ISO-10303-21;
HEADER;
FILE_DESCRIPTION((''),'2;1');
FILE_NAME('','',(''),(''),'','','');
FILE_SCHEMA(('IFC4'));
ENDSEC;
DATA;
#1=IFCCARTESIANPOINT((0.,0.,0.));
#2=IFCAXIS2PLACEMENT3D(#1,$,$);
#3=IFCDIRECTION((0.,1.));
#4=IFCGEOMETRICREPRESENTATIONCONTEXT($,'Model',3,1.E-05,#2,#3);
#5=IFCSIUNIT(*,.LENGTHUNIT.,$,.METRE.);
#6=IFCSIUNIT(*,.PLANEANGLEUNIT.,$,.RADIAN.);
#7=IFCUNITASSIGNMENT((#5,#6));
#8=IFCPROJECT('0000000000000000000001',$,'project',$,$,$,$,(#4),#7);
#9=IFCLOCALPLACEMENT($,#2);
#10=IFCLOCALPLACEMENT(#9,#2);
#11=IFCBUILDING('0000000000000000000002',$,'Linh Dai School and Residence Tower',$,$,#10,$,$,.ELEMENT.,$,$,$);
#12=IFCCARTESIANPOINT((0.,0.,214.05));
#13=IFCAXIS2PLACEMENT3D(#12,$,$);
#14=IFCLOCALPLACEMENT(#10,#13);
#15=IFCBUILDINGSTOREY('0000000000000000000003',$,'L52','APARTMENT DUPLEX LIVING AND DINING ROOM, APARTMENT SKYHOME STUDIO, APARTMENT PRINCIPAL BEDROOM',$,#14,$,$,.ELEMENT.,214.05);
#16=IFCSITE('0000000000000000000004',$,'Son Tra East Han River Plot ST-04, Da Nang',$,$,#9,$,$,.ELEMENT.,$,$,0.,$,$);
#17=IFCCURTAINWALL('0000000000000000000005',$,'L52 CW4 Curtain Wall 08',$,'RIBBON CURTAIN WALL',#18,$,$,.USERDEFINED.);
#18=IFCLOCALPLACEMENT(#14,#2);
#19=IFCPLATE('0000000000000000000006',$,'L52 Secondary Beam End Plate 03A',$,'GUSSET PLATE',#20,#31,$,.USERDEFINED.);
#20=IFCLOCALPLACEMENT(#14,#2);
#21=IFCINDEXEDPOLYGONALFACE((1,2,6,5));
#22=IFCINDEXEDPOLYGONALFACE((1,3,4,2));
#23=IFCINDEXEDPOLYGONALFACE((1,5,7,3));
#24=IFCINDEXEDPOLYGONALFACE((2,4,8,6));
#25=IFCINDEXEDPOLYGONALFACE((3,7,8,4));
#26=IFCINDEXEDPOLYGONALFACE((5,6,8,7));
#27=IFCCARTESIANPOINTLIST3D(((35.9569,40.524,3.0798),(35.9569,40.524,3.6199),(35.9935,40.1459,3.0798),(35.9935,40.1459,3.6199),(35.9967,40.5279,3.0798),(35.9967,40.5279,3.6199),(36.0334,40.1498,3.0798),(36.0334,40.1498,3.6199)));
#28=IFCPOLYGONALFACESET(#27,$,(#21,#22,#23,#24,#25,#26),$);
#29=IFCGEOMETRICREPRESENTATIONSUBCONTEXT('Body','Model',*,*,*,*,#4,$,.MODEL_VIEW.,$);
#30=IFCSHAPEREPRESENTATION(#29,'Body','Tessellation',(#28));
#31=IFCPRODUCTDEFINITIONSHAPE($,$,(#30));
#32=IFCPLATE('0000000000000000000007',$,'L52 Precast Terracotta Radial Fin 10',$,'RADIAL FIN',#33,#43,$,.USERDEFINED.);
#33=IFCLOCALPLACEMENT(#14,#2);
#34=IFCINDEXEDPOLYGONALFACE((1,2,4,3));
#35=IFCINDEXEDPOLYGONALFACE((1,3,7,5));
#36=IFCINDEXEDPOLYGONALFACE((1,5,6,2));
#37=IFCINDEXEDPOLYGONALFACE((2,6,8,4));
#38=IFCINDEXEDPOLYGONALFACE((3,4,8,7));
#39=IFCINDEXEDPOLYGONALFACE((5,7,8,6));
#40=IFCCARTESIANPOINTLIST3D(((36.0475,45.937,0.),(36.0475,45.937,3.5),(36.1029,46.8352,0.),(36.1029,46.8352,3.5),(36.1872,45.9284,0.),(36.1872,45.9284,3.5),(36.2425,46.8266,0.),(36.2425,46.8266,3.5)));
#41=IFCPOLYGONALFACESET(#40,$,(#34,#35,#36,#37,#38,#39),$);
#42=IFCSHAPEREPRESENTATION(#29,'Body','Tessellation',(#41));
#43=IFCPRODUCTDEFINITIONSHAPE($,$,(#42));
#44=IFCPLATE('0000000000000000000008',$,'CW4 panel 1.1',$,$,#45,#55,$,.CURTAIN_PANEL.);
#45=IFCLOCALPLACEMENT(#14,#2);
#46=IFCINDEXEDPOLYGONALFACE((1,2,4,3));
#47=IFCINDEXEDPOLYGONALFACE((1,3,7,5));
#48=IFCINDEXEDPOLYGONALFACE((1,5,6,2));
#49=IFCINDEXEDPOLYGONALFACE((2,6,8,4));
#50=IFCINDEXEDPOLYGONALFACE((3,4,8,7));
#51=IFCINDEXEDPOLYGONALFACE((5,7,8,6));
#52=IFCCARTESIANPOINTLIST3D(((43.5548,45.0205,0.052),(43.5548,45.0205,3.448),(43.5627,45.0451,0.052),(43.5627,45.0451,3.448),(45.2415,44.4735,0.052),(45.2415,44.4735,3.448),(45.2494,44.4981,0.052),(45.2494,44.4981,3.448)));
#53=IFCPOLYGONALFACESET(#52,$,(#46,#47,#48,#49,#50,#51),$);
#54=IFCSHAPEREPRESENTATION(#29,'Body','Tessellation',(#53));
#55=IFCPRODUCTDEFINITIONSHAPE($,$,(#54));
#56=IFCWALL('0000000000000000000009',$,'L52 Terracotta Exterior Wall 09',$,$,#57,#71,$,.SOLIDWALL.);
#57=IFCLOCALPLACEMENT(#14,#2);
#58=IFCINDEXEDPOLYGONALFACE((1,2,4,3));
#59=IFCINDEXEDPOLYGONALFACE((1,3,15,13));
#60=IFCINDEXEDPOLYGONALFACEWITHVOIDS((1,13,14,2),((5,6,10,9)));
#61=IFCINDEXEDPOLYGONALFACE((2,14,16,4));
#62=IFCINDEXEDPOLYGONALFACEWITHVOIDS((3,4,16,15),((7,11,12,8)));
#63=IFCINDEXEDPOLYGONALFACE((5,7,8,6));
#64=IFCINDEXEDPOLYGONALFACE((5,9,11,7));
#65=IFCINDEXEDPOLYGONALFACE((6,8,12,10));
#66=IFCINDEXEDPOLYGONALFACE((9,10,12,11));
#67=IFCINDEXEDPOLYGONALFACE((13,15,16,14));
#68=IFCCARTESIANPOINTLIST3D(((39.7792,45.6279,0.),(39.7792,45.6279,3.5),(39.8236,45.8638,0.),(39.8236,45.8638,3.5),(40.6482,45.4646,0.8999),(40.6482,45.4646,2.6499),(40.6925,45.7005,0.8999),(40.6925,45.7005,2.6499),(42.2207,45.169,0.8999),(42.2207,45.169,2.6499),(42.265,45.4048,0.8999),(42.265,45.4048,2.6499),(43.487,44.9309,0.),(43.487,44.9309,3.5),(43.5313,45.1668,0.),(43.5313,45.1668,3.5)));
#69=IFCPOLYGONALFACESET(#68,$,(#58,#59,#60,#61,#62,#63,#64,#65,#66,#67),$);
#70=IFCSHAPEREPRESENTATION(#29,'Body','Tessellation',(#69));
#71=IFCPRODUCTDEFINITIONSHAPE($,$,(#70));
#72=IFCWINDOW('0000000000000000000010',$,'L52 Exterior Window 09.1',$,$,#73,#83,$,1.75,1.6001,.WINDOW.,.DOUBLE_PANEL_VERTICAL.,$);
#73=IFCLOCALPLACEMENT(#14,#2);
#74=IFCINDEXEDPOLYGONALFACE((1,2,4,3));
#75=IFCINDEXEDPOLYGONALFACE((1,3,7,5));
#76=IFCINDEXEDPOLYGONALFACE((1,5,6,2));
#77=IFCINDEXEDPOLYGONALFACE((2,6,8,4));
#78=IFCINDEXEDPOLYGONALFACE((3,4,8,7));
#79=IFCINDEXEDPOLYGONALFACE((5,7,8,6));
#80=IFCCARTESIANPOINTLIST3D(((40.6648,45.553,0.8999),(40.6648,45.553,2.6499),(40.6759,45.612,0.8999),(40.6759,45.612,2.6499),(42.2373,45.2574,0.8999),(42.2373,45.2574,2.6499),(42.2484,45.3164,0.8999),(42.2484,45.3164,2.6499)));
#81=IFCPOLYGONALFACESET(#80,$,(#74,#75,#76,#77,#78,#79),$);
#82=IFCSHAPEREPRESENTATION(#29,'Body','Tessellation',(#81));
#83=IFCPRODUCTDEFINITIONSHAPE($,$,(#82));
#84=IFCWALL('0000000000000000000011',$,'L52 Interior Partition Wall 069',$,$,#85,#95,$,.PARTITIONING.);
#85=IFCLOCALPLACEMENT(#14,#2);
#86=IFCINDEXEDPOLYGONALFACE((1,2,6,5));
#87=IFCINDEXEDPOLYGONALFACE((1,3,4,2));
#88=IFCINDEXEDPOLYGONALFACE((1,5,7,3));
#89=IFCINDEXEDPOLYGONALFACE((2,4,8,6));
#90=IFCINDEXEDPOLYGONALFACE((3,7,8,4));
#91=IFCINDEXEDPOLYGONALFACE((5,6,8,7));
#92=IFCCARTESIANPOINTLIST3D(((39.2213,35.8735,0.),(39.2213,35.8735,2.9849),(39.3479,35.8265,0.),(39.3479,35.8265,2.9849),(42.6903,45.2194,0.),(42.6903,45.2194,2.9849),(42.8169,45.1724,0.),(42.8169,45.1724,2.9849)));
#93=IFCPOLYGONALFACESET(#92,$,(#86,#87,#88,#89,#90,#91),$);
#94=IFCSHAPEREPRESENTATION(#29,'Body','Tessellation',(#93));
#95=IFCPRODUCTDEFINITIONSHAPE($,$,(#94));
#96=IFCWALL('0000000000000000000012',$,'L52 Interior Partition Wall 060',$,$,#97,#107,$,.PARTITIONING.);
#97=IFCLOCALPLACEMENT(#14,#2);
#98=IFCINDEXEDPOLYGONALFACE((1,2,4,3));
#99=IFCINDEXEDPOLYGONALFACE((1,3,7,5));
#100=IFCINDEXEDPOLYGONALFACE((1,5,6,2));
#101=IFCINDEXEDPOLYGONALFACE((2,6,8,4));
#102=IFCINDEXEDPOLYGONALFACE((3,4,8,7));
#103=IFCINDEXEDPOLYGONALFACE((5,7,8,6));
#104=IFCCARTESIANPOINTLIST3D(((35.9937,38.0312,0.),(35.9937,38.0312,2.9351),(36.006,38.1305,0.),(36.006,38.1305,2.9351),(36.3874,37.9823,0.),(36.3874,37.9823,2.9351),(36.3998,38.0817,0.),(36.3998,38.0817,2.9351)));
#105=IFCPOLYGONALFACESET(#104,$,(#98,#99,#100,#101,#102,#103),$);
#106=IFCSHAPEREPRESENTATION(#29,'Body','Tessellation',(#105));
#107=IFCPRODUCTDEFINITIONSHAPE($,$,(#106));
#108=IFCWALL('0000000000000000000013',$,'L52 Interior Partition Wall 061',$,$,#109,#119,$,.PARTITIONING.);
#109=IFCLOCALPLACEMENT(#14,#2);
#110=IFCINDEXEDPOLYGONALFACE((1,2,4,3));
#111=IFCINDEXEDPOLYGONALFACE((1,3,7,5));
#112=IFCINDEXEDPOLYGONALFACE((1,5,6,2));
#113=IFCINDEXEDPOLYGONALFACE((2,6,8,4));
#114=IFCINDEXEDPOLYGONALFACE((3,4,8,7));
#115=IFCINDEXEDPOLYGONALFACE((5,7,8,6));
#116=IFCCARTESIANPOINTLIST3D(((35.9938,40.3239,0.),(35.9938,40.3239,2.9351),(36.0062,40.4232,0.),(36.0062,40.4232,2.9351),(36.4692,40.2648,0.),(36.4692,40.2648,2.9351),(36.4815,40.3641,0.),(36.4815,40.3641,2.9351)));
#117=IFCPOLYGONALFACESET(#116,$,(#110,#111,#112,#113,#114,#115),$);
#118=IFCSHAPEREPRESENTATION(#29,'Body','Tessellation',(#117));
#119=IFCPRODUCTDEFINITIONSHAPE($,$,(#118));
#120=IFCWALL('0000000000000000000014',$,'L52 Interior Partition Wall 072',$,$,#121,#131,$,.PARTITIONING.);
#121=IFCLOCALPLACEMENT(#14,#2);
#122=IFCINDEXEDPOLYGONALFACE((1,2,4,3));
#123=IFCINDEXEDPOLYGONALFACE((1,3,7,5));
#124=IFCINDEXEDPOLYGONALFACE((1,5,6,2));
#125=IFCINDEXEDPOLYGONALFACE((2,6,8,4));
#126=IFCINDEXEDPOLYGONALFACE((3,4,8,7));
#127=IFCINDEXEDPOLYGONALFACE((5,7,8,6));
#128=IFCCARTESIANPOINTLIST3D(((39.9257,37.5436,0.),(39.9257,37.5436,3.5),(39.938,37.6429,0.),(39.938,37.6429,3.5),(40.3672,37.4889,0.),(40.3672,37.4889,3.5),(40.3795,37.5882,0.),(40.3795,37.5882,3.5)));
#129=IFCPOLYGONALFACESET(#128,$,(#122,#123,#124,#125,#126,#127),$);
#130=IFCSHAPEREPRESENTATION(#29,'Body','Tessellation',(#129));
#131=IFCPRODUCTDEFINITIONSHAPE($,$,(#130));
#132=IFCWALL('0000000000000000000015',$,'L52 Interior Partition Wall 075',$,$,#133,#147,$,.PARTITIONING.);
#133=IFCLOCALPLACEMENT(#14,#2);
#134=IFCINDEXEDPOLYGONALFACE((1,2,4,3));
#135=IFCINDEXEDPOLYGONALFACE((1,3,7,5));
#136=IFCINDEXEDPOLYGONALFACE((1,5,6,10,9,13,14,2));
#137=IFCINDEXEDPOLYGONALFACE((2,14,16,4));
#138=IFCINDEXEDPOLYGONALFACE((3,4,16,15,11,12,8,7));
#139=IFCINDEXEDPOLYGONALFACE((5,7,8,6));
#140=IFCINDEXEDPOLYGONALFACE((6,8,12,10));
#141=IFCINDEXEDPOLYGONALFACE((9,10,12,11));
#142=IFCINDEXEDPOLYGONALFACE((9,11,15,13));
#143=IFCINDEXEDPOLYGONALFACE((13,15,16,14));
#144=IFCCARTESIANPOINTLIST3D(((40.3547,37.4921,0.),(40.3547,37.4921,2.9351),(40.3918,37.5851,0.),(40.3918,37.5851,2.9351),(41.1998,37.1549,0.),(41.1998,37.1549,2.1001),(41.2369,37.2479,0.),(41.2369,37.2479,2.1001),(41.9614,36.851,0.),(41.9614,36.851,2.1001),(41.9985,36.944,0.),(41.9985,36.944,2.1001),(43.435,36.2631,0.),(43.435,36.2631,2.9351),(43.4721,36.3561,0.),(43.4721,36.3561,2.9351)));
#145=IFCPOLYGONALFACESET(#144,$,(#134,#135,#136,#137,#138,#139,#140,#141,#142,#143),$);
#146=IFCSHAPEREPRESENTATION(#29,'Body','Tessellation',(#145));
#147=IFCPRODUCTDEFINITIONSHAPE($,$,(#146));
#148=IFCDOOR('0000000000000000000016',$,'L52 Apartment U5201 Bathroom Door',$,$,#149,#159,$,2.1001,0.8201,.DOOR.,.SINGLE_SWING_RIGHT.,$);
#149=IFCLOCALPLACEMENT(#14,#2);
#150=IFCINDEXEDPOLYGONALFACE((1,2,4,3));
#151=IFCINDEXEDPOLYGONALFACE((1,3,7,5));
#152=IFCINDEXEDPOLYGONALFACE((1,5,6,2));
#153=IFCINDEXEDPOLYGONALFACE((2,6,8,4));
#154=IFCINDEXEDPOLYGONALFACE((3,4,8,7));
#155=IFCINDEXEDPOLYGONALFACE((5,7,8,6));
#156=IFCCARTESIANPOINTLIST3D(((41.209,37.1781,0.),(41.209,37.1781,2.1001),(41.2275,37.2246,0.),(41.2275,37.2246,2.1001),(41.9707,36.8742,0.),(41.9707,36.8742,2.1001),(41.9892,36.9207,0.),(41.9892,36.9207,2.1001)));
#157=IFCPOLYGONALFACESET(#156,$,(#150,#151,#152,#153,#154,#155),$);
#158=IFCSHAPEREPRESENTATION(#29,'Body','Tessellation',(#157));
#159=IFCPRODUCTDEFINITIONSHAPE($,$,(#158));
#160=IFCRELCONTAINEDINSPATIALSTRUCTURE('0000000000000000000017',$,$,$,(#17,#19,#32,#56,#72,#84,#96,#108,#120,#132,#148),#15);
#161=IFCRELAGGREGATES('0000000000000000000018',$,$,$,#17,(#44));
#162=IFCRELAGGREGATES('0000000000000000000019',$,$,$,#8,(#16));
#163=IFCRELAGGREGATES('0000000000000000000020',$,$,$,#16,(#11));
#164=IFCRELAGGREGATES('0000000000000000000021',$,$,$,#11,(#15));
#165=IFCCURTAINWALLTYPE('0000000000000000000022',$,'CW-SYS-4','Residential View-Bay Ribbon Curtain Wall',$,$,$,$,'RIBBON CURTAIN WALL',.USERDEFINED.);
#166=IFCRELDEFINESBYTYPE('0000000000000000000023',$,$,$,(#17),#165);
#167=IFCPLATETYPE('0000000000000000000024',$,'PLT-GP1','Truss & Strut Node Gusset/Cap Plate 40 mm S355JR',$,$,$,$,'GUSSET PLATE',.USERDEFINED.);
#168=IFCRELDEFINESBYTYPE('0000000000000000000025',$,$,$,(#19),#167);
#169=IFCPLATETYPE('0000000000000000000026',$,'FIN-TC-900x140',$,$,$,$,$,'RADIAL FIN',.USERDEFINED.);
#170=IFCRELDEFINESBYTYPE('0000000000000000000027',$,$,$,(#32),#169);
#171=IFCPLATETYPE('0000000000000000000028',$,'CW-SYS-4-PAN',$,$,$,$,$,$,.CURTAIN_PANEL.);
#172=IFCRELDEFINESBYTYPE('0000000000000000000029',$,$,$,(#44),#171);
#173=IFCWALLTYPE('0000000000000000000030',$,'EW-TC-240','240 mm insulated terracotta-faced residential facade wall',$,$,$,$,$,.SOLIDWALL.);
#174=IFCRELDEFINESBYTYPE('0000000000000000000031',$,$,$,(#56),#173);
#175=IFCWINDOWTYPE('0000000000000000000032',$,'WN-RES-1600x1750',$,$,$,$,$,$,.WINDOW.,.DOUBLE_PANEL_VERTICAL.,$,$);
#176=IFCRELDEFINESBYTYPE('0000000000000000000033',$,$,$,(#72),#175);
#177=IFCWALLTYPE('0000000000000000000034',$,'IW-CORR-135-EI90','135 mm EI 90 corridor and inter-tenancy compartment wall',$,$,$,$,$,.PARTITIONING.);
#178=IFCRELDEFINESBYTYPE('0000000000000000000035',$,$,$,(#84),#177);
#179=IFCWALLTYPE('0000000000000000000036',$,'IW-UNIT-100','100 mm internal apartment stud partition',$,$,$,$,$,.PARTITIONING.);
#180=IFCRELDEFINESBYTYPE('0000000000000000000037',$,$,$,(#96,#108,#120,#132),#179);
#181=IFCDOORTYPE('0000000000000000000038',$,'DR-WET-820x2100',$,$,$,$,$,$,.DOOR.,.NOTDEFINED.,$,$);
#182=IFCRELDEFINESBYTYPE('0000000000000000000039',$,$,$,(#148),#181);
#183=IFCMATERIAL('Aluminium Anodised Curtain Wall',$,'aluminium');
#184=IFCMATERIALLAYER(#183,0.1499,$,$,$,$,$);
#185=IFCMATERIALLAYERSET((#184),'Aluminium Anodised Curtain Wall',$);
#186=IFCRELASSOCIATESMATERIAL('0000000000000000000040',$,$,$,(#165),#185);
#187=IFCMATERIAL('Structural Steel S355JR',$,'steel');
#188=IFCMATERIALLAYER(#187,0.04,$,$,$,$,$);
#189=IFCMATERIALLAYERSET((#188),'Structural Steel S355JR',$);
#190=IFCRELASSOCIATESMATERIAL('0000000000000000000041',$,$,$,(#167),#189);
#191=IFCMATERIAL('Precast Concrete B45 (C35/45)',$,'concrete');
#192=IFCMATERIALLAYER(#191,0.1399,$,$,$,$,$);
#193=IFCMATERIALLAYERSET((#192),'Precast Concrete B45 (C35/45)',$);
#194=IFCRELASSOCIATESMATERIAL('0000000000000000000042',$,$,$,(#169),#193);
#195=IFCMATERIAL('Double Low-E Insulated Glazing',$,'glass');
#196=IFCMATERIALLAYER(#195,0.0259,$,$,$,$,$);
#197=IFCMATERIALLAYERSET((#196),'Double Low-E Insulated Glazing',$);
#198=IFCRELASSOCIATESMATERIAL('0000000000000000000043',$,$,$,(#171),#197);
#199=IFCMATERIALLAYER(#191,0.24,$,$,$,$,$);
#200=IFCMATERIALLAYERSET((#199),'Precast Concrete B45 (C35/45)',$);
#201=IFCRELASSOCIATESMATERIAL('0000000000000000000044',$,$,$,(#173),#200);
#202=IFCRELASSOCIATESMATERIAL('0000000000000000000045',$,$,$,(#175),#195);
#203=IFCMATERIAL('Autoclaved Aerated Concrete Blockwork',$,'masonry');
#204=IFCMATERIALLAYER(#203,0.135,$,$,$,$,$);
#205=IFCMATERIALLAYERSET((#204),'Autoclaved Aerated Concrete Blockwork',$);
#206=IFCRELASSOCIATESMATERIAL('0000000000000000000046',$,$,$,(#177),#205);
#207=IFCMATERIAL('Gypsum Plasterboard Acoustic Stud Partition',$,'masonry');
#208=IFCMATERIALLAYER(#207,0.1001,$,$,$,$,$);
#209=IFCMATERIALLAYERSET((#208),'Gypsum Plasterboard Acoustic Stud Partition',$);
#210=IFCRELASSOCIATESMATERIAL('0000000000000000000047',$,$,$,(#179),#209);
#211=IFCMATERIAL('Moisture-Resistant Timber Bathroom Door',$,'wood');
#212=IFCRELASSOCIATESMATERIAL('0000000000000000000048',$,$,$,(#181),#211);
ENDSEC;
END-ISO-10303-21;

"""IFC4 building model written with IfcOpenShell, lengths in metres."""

from ifc_helpers import new_model, si_unit, direction, frame, frame_2d, origin, origin_2d, place, context, subcontext, project, spatial, rectangle, extrude, source, transform, mapped, material, layer, layer_set, type_object, element, fill, aggregate, save


model = new_model("IFC4")

# Units and contexts
model_context = context("Model", 3, precision=1e-05, world=origin(), true_north=direction((0.0, 1.0)))
body_context = subcontext(model_context, "Body", "Model", "MODEL_VIEW")
ifc_project = project(units=[si_unit("LENGTHUNIT", "METRE"), si_unit("PLANEANGLEUNIT", "RADIAN")], contexts=[model_context])

# Site, building, storey
site_placement = place(None, origin())
site = spatial("IfcSite", under=ifc_project, at=site_placement, Name="Son Tra East Han River Plot ST-04, Da Nang", CompositionType="ELEMENT", RefElevation=0.0)
building_placement = place(site_placement, origin())
building = spatial("IfcBuilding", under=site, at=building_placement, Name="Linh Dai School and Residence Tower", CompositionType="ELEMENT")
storey_placement = place(building_placement, frame((0.0, 0.0, 214.05)))
storey = spatial("IfcBuildingStorey", under=building, at=storey_placement, Name="L52", Description="APARTMENT DUPLEX LIVING AND DINING ROOM, APARTMENT SKYHOME STUDIO, APARTMENT PRINCIPAL BEDROOM", CompositionType="ELEMENT", Elevation=214.05)

# Shared definitions
ifc_material_1 = material(Name="Structural Steel S355JR", Category="steel")

# Curtain wall
ifc_material_2 = material(Name="Aluminium Anodised Curtain Wall", Category="aluminium")
ifc_layer_1 = layer(ifc_material_2, 0.1499)
ifc_layer_set_1 = layer_set([ifc_layer_1], Name="Aluminium Anodised Curtain Wall")
curtain_wall_type = type_object("IfcCurtainWallType", Name="CW-SYS-4", Description="Residential View-Bay Ribbon Curtain Wall", ElementType="RIBBON CURTAIN WALL", PredefinedType="USERDEFINED", material=ifc_layer_set_1)
curtain_wall_placement = place(storey_placement, origin())
curtain_wall = element("IfcCurtainWall", 1, at=curtain_wall_placement, inside=storey, type_object=curtain_wall_type, Name="L52 CW4 Curtain Wall 08", ObjectType="RIBBON CURTAIN WALL", PredefinedType="USERDEFINED")

# Plates
ifc_layer_2 = layer(ifc_material_1, 0.04)
ifc_layer_set_2 = layer_set([ifc_layer_2], Name="Structural Steel S355JR")
plate_type_1 = type_object("IfcPlateType", Name="PLT-GP1", Description="Truss & Strut Node Gusset/Cap Plate 40 mm S355JR", ElementType="GUSSET PLATE", PredefinedType="USERDEFINED", material=ifc_layer_set_2)
shared_shape_1 = source(origin(), body_context, "Body", "SweptSolid", [
    extrude(rectangle(XDim=0.04, YDim=0.3799, at=origin_2d()), origin(), (0.0, 0.0, 1.0), 0.54),
])
for number, where, z_axis, x_axis, name in (
    (2, (35.9951, 40.3369, 3.0798), (0.0, 0.0, 1.0), (-0.995333, -0.096497, 0.0), "L52 Secondary Beam End Plate 03A"),
):
    element("IfcPlate", number, at=place(storey_placement, frame(where, z_axis=z_axis, x_axis=x_axis)), inside=storey, type_object=plate_type_1, Name=name, ObjectType="GUSSET PLATE", PredefinedType="USERDEFINED", context=body_context, shape_type="MappedRepresentation", body=[
        mapped(shared_shape_1, transform((0.0, 0.0, 0.0), x_axis=(1.0, 0.0, 0.0), y_axis=(0.0, 1.0, 0.0), z_axis=(0.0, 0.0, 1.0), scale=1.0)),
    ])
ifc_material_3 = material(Name="Precast Concrete B45 (C35/45)", Category="concrete")
ifc_layer_3 = layer(ifc_material_3, 0.1399)
ifc_layer_set_3 = layer_set([ifc_layer_3], Name="Precast Concrete B45 (C35/45)")
plate_type_2 = type_object("IfcPlateType", Name="FIN-TC-900x140", ElementType="RADIAL FIN", PredefinedType="USERDEFINED", material=ifc_layer_set_3)
shared_shape_2 = source(origin(), body_context, "Body", "SweptSolid", [
    extrude(rectangle(XDim=0.8999, YDim=0.1399, at=origin_2d()), origin(), (0.0, 0.0, 1.0), 3.5),
])
plate_1_placement = place(storey_placement, frame((36.145, 46.3818, 0.0), z_axis=(0.0, 0.0, 1.0), x_axis=(0.061504, 0.998107, 0.0)))
element("IfcPlate", 3, at=plate_1_placement, inside=storey, type_object=plate_type_2, Name="L52 Precast Terracotta Radial Fin 10", ObjectType="RADIAL FIN", PredefinedType="USERDEFINED", context=body_context, shape_type="MappedRepresentation", body=[
    mapped(shared_shape_2, transform((0.0, 0.0, 0.0), x_axis=(1.0, 0.0, 0.0), y_axis=(0.0, 1.0, 0.0), z_axis=(0.0, 0.0, 1.0), scale=1.0)),
])

# Plate
ifc_material_4 = material(Name="Double Low-E Insulated Glazing", Category="glass")
ifc_layer_4 = layer(ifc_material_4, 0.0259)
ifc_layer_set_4 = layer_set([ifc_layer_4], Name="Double Low-E Insulated Glazing")
plate_type_3 = type_object("IfcPlateType", Name="CW-SYS-4-PAN", PredefinedType="CURTAIN_PANEL", material=ifc_layer_set_4)
shared_shape_3 = source(origin(), body_context, "Body", "SweptSolid", [
    extrude(rectangle(XDim=1.7732, YDim=0.0259, at=origin_2d()), origin(), (0.0, 0.0, 1.0), 3.396),
])
plate_2_placement = place(storey_placement, frame((44.4021, 44.7593, 0.052), z_axis=(0.0, 0.0, 1.0), x_axis=(0.951224, -0.308501, 0.0)))
plate_2 = element("IfcPlate", 4, at=plate_2_placement, type_object=plate_type_3, Name="CW4 panel 1.1", PredefinedType="CURTAIN_PANEL", context=body_context, shape_type="MappedRepresentation", body=[
    mapped(shared_shape_3, transform((0.0, 0.0, 0.0), x_axis=(1.0, 0.0, 0.0), y_axis=(0.0, 1.0, 0.0), z_axis=(0.0, 0.0, 1.0), scale=1.0)),
])
aggregate(curtain_wall, [plate_2])

# Wall, opening, window
ifc_layer_5 = layer(ifc_material_3, 0.24)
ifc_layer_set_5 = layer_set([ifc_layer_5], Name="Precast Concrete B45 (C35/45)")
wall_type_1 = type_object("IfcWallType", Name="EW-TC-240", Description="240 mm insulated terracotta-faced residential facade wall", PredefinedType="SOLIDWALL", material=ifc_layer_set_5)
wall_1_placement = place(storey_placement, frame((39.8015, 45.7458, 0.0), z_axis=(0.0, 0.0, 1.0), x_axis=(0.982785, -0.184753, 0.0)))
wall_1 = element("IfcWall", 5, at=wall_1_placement, inside=storey, type_object=wall_type_1, Name="L52 Terracotta Exterior Wall 09", PredefinedType="SOLIDWALL", context=body_context, shape_type="SweptSolid", body=[
    extrude(rectangle(XDim=3.7727, YDim=0.24, at=frame_2d((1.8862, 0.0))), origin(), (0.0, 0.0, 1.0), 3.5),
])
opening_1_placement = place(wall_1_placement, frame((0.884, 0.0, 0.8999)))
opening_1 = element("IfcOpeningElement", 6, at=opening_1_placement, cuts=wall_1, PredefinedType="OPENING", context=body_context, shape_type="SweptSolid", body=[
    extrude(rectangle(XDim=1.6001, YDim=1.75, at=origin_2d()), frame((0.8, 0.1299, 0.875), z_axis=(0.0, -1.0, 0.0), x_axis=(1.0, 0.0, 0.0)), (0.0, 0.0, 1.0), 0.26),
])
window_type = type_object("IfcWindowType", Name="WN-RES-1600x1750", PartitioningType="DOUBLE_PANEL_VERTICAL", PredefinedType="WINDOW", material=ifc_material_4)
shared_shape_4 = source(origin(), body_context, "Body", "SweptSolid", [
    extrude(rectangle(XDim=1.6001, YDim=1.75, at=origin_2d()), frame((0.8, 0.03, 0.875), z_axis=(0.0, -1.0, 0.0), x_axis=(1.0, 0.0, 0.0)), (0.0, 0.0, 1.0), 0.0601),
])
window_placement = place(opening_1_placement, origin())
window = element("IfcWindow", 7, at=window_placement, inside=storey, type_object=window_type, Name="L52 Exterior Window 09.1", OverallHeight=1.75, OverallWidth=1.6001, PartitioningType="DOUBLE_PANEL_VERTICAL", PredefinedType="WINDOW", context=body_context, shape_type="MappedRepresentation", body=[
    mapped(shared_shape_4, transform((0.0, 0.0, 0.0), x_axis=(1.0, 0.0, 0.0), y_axis=(0.0, 1.0, 0.0), z_axis=(0.0, 0.0, 1.0), scale=1.0)),
])
fill(opening_1, window)

# Walls
ifc_material_5 = material(Name="Autoclaved Aerated Concrete Blockwork", Category="masonry")
ifc_layer_6 = layer(ifc_material_5, 0.135)
ifc_layer_set_6 = layer_set([ifc_layer_6], Name="Autoclaved Aerated Concrete Blockwork")
wall_type_2 = type_object("IfcWallType", Name="IW-CORR-135-EI90", Description="135 mm EI 90 corridor and inter-tenancy compartment wall", PredefinedType="PARTITIONING", material=ifc_layer_set_6)
wall_2_placement = place(storey_placement, frame((39.2847, 35.8501, 0.0), z_axis=(0.0, 0.0, 1.0), x_axis=(0.347979, 0.937502, 0.0)))
element("IfcWall", 8, at=wall_2_placement, inside=storey, type_object=wall_type_2, Name="L52 Interior Partition Wall 069", PredefinedType="PARTITIONING", context=body_context, shape_type="SweptSolid", body=[
    extrude(rectangle(XDim=9.969, YDim=0.135, at=frame_2d((4.9844, 0.0))), origin(), (0.0, 0.0, 1.0), 2.9849),
])
ifc_material_6 = material(Name="Gypsum Plasterboard Acoustic Stud Partition", Category="masonry")
ifc_layer_7 = layer(ifc_material_6, 0.1001)
ifc_layer_set_7 = layer_set([ifc_layer_7], Name="Gypsum Plasterboard Acoustic Stud Partition")
wall_type_3 = type_object("IfcWallType", Name="IW-UNIT-100", Description="100 mm internal apartment stud partition", PredefinedType="PARTITIONING", material=ifc_layer_set_7)
wall_3_placement = place(storey_placement, frame((36.0, 38.0808, 0.0), z_axis=(0.0, 0.0, 1.0), x_axis=(0.9924, -0.12305, 0.0)))
element("IfcWall", 9, at=wall_3_placement, inside=storey, type_object=wall_type_3, Name="L52 Interior Partition Wall 060", PredefinedType="PARTITIONING", context=body_context, shape_type="SweptSolid", body=[
    extrude(rectangle(XDim=0.3967, YDim=0.1001, at=frame_2d((0.1982, 0.0))), origin(), (0.0, 0.0, 1.0), 2.9351),
])
wall_4_placement = place(storey_placement, frame((36.0, 40.3735, 0.0), z_axis=(0.0, 0.0, 1.0), x_axis=(0.992364, -0.123345, 0.0)))
element("IfcWall", 10, at=wall_4_placement, inside=storey, type_object=wall_type_3, Name="L52 Interior Partition Wall 061", PredefinedType="PARTITIONING", context=body_context, shape_type="SweptSolid", body=[
    extrude(rectangle(XDim=0.479, YDim=0.1001, at=frame_2d((0.2395, 0.0))), origin(), (0.0, 0.0, 1.0), 2.9351),
])
wall_5_placement = place(storey_placement, frame((39.9319, 37.5933, 0.0), z_axis=(0.0, 0.0, 1.0), x_axis=(0.992412, -0.122954, 0.0)))
element("IfcWall", 11, at=wall_5_placement, inside=storey, type_object=wall_type_3, Name="L52 Interior Partition Wall 072", PredefinedType="PARTITIONING", context=body_context, shape_type="SweptSolid", body=[
    extrude(rectangle(XDim=0.4448, YDim=0.1001, at=frame_2d((0.2224, 0.0))), origin(), (0.0, 0.0, 1.0), 3.5),
])

# Wall, opening, door
wall_6_placement = place(storey_placement, frame((40.3733, 37.5386, 0.0), z_axis=(0.0, 0.0, 1.0), x_axis=(0.928801, -0.370578, 0.0)))
wall_6 = element("IfcWall", 12, at=wall_6_placement, inside=storey, type_object=wall_type_3, Name="L52 Interior Partition Wall 075", PredefinedType="PARTITIONING", context=body_context, shape_type="SweptSolid", body=[
    extrude(rectangle(XDim=3.3164, YDim=0.1001, at=frame_2d((1.6582, 0.0))), origin(), (0.0, 0.0, 1.0), 2.9351),
])
opening_2_placement = place(wall_6_placement, frame((0.9097, 0.0, 0.0)))
opening_2 = element("IfcOpeningElement", 13, at=opening_2_placement, cuts=wall_6, PredefinedType="OPENING", context=body_context, shape_type="SweptSolid", body=[
    extrude(rectangle(XDim=0.8201, YDim=2.1001, at=origin_2d()), frame((0.4102, 0.0601, 1.05), z_axis=(0.0, -1.0, 0.0), x_axis=(1.0, 0.0, 0.0)), (0.0, 0.0, 1.0), 0.1201),
])
ifc_material_7 = material(Name="Moisture-Resistant Timber Bathroom Door", Category="wood")
door_type_1 = type_object("IfcDoorType", Name="DR-WET-820x2100", OperationType="NOTDEFINED", PredefinedType="DOOR", material=ifc_material_7)
shared_shape_5 = source(origin(), body_context, "Body", "SweptSolid", [
    extrude(rectangle(XDim=0.8201, YDim=2.1001, at=origin_2d()), frame((0.4102, 0.0249, 1.05), z_axis=(0.0, -1.0, 0.0), x_axis=(1.0, 0.0, 0.0)), (0.0, 0.0, 1.0), 0.05),
])
door_1_placement = place(opening_2_placement, origin())
door_1 = element("IfcDoor", 14, at=door_1_placement, inside=storey, type_object=door_type_1, Name="L52 Apartment U5201 Bathroom Door", OperationType="SINGLE_SWING_RIGHT", OverallHeight=2.1001, OverallWidth=0.8201, PredefinedType="DOOR", context=body_context, shape_type="MappedRepresentation", body=[
    mapped(shared_shape_5, transform((0.0, 0.0, 0.0), x_axis=(1.0, 0.0, 0.0), y_axis=(0.0, 1.0, 0.0), z_axis=(0.0, 0.0, 1.0), scale=1.0)),
])
fill(opening_2, door_1)

save(model, "model.ifc")
